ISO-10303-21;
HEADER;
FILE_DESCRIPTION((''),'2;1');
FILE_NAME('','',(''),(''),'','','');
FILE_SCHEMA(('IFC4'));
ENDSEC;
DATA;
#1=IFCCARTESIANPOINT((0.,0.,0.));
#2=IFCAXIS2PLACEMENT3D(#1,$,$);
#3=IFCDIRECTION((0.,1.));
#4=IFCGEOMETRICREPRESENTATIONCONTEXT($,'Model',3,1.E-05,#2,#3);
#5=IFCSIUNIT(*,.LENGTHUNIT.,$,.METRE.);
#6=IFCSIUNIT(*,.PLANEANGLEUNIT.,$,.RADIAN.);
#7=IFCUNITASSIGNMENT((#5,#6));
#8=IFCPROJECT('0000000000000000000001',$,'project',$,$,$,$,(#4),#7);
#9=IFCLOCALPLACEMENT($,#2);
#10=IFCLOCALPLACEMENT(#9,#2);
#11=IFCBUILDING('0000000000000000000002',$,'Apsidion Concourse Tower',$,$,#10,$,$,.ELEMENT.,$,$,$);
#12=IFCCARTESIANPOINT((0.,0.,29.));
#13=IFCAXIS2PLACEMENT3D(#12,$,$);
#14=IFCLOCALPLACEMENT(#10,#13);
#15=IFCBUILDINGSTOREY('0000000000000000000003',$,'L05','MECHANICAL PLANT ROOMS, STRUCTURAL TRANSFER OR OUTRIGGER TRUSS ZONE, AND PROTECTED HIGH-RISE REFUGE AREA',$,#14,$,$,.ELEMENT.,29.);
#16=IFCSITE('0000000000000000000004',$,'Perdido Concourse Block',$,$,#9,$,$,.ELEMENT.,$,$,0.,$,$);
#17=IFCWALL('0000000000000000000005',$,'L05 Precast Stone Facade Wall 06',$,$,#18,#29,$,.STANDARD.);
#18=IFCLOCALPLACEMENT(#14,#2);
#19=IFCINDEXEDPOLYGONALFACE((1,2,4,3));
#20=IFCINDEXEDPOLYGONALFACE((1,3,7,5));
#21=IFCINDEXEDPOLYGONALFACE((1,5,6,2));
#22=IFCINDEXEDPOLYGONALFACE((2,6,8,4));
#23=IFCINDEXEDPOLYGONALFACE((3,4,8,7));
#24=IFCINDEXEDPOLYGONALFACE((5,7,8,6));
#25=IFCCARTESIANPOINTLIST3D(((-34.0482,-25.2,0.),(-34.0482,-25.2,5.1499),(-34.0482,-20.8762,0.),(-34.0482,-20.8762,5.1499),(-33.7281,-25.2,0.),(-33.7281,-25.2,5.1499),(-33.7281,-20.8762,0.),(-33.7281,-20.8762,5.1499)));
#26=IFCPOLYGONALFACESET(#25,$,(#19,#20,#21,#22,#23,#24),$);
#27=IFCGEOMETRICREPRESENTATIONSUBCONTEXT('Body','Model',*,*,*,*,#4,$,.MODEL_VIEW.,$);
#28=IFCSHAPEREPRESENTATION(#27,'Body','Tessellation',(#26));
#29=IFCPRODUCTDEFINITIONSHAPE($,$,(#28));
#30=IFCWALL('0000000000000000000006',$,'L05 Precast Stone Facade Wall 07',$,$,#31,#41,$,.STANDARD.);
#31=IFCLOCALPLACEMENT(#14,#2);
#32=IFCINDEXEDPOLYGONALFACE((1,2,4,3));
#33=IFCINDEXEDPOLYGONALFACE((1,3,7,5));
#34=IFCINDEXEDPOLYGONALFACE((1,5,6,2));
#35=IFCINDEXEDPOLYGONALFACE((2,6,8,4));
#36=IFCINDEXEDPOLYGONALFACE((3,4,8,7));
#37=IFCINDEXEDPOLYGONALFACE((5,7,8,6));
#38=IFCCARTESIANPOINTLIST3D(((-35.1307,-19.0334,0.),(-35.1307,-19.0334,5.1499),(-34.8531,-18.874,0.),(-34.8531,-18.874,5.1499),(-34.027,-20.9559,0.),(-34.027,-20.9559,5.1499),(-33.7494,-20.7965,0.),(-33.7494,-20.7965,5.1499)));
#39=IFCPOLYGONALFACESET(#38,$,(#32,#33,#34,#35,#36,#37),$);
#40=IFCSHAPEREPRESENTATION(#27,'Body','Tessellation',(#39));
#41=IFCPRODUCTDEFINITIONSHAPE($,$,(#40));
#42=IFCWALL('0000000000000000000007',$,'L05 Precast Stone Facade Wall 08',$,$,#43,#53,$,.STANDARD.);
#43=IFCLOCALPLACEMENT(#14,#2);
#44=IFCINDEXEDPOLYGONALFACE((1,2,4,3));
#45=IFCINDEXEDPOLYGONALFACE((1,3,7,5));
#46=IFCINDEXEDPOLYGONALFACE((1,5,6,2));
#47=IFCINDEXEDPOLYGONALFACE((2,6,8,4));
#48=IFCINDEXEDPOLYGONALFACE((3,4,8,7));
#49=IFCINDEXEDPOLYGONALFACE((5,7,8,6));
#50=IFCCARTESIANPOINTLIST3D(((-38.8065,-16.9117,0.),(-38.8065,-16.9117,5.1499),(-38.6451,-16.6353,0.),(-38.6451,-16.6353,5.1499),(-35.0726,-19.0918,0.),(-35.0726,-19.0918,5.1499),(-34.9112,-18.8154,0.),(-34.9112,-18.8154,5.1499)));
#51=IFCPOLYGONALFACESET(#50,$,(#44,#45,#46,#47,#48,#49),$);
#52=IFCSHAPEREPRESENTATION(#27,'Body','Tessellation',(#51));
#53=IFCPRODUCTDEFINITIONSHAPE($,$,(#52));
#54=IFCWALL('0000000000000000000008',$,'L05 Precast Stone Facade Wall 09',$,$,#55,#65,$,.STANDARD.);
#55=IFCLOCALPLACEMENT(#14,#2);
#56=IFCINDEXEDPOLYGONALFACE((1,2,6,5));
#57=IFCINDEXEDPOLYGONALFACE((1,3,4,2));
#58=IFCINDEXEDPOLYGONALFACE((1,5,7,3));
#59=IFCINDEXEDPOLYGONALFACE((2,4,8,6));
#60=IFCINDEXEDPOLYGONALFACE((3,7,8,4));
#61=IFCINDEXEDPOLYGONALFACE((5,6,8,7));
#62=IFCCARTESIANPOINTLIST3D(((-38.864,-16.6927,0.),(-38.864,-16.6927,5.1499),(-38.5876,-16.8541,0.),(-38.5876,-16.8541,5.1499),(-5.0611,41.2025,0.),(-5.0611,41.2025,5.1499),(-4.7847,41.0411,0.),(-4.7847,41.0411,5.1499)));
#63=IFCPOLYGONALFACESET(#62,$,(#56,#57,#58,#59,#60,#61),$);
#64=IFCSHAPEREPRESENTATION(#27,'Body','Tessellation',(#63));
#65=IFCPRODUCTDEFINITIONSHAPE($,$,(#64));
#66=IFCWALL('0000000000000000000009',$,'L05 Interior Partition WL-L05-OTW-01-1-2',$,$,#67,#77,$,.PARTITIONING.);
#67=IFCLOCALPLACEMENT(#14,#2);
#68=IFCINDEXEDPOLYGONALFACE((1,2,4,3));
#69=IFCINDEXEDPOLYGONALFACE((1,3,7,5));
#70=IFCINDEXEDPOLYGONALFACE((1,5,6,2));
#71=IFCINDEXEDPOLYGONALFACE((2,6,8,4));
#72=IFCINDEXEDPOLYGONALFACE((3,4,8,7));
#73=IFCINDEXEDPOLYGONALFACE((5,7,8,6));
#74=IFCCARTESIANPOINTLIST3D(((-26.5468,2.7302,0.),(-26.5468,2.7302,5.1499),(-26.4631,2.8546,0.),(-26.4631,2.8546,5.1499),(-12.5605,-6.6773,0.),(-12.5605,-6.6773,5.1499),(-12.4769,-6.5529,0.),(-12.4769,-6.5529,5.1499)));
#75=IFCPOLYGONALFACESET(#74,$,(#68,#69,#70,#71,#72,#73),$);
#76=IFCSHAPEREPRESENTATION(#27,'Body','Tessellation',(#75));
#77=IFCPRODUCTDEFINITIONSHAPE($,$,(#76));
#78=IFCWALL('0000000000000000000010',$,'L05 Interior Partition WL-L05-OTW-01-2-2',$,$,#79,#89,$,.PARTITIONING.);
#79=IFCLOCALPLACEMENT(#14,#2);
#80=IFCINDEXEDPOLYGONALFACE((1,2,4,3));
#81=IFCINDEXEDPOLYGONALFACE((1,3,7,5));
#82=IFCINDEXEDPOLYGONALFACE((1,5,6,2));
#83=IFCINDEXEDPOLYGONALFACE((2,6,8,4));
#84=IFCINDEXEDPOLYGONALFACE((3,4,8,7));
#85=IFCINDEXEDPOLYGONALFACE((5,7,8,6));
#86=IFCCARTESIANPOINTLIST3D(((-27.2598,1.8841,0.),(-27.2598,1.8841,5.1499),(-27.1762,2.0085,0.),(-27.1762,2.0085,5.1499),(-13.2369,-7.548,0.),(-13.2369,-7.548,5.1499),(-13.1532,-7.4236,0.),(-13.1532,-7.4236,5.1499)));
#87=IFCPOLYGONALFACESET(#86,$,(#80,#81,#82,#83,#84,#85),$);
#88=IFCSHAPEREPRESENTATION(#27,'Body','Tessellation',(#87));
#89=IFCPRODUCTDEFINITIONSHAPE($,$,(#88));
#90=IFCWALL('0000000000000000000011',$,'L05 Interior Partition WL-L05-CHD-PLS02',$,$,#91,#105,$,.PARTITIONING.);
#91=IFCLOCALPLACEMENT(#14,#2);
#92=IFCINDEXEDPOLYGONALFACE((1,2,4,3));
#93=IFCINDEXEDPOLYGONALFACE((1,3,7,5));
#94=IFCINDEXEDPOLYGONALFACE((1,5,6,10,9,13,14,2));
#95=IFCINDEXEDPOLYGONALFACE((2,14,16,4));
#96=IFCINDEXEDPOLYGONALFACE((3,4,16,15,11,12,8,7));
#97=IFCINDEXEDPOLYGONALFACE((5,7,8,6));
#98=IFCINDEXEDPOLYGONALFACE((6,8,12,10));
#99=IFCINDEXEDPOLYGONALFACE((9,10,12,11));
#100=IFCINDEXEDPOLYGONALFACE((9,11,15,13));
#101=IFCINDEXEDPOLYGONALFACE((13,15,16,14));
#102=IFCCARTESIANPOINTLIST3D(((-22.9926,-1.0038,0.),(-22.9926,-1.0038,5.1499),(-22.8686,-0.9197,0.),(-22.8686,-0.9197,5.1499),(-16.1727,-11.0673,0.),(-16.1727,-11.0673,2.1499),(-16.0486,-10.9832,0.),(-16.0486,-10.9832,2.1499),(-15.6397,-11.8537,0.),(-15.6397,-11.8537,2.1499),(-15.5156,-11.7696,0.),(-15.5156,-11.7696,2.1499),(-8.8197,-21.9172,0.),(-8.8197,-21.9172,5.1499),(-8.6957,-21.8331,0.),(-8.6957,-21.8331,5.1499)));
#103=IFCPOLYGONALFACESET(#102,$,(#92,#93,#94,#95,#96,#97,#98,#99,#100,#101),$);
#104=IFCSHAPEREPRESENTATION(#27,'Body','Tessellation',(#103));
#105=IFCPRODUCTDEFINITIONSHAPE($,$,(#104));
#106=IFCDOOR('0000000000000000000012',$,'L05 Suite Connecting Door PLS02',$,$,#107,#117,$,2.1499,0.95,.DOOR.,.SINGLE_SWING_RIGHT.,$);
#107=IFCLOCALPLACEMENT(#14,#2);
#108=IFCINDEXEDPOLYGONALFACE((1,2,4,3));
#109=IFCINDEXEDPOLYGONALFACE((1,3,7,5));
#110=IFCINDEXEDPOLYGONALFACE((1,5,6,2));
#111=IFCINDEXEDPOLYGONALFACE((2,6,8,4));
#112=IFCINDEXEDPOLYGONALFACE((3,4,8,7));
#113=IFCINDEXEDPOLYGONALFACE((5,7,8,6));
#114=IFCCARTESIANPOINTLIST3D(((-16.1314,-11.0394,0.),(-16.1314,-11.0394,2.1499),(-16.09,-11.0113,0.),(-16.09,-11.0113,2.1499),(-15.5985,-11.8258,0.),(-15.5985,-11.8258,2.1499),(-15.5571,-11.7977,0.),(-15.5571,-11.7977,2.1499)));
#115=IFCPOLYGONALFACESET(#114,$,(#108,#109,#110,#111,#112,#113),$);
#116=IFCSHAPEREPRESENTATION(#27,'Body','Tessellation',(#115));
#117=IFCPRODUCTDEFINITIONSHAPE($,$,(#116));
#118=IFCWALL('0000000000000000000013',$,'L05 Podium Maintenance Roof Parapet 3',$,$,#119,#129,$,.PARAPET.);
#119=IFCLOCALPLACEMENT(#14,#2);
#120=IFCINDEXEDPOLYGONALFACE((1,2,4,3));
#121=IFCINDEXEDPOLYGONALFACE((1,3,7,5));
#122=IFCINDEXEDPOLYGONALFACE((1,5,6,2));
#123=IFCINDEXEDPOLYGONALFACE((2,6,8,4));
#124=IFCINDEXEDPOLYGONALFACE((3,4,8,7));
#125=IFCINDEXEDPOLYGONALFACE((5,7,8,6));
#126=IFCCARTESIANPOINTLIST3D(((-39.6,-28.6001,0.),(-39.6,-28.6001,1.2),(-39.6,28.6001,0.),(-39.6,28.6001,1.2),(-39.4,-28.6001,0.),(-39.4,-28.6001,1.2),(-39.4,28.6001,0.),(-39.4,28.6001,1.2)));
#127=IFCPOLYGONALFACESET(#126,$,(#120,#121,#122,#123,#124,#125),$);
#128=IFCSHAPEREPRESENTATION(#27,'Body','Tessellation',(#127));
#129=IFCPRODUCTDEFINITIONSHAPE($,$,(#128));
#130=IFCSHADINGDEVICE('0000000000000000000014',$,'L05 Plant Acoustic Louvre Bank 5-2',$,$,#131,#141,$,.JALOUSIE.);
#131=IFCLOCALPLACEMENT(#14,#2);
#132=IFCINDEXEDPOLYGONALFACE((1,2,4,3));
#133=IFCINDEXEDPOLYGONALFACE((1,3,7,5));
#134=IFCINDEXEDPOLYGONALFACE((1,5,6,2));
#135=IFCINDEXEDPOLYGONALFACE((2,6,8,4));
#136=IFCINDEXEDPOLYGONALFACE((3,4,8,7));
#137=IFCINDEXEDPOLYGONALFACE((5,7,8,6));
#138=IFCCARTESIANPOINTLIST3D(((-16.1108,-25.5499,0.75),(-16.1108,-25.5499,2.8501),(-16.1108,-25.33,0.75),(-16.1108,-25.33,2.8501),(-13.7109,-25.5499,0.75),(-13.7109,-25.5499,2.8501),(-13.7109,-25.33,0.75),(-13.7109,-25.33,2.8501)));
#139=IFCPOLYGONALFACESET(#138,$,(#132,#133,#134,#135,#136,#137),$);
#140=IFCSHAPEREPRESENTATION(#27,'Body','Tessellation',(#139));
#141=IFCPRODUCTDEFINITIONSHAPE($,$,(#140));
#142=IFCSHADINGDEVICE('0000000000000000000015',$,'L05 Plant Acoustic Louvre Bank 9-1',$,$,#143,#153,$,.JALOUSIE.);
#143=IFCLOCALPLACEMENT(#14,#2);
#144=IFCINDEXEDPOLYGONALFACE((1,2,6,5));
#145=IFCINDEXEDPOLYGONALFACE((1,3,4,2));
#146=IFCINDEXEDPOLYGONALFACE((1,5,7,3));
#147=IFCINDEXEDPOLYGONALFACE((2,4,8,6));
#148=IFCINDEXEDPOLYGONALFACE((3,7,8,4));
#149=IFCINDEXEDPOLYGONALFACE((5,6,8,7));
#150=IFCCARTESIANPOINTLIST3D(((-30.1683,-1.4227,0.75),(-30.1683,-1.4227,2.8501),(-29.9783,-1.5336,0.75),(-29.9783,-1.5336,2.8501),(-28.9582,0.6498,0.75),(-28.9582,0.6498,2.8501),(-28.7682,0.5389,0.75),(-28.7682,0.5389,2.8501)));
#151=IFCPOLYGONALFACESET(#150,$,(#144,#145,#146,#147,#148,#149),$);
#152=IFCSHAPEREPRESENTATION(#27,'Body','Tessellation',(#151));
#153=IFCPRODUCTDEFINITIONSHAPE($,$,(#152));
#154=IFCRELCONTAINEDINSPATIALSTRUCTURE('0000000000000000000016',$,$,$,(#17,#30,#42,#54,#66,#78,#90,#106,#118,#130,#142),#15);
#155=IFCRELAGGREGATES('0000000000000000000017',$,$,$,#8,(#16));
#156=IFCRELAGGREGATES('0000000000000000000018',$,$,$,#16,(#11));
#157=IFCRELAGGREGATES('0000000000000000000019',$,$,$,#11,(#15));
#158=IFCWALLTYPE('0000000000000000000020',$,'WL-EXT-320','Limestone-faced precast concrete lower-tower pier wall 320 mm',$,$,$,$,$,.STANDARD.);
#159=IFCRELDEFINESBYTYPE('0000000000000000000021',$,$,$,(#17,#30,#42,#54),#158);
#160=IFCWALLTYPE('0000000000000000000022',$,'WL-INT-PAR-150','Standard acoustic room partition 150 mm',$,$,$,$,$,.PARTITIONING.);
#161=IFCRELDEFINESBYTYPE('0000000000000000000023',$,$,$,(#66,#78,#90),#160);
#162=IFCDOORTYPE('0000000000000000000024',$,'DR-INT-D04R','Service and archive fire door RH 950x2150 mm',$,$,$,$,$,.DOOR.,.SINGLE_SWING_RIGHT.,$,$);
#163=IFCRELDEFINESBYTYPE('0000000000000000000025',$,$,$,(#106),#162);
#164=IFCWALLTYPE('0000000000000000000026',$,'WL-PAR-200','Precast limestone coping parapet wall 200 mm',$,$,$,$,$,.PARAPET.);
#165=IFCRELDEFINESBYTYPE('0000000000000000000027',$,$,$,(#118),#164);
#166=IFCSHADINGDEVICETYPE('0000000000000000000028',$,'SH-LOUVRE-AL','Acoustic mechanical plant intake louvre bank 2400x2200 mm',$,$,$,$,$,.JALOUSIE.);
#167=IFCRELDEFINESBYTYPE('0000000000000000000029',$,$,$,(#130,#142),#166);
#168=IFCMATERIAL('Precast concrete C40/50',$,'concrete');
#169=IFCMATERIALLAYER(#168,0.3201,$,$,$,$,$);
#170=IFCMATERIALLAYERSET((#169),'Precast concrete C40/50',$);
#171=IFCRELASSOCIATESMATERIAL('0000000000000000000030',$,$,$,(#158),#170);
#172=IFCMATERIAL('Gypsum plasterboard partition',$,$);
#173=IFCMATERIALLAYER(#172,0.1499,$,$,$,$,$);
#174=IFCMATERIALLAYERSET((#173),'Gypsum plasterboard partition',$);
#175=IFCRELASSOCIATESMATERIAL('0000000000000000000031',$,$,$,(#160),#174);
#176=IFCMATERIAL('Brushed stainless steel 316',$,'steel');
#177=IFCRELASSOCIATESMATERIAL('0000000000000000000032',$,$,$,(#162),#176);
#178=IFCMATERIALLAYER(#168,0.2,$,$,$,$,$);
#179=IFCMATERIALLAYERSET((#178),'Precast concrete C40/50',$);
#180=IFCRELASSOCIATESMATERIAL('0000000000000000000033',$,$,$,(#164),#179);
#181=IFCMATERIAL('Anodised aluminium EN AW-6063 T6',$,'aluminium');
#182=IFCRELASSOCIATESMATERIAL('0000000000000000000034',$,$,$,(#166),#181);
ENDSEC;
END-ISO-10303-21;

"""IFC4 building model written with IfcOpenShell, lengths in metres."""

from ifc_helpers import new_model, si_unit, direction, frame, frame_2d, origin, origin_2d, place, context, subcontext, project, spatial, rectangle, extrude, material, layer, layer_set, type_object, element, fill, save


model = new_model("IFC4")

# Units and contexts
model_context = context("Model", 3, precision=1e-05, world=origin(), true_north=direction((0.0, 1.0)))
body_context = subcontext(model_context, "Body", "Model", "MODEL_VIEW")
ifc_project = project(units=[si_unit("LENGTHUNIT", "METRE"), si_unit("PLANEANGLEUNIT", "RADIAN")], contexts=[model_context])

# Site, building, storey
site_placement = place(None, origin())
site = spatial("IfcSite", under=ifc_project, at=site_placement, Name="Perdido Concourse Block", CompositionType="ELEMENT", RefElevation=0.0)
building_placement = place(site_placement, origin())
building = spatial("IfcBuilding", under=site, at=building_placement, Name="Apsidion Concourse Tower", CompositionType="ELEMENT")
storey_placement = place(building_placement, frame((0.0, 0.0, 29.0)))
storey = spatial("IfcBuildingStorey", under=building, at=storey_placement, Name="L05", Description="MECHANICAL PLANT ROOMS, STRUCTURAL TRANSFER OR OUTRIGGER TRUSS ZONE, AND PROTECTED HIGH-RISE REFUGE AREA", CompositionType="ELEMENT", Elevation=29.0)

# Walls
ifc_material_1 = material(Name="Precast concrete C40/50", Category="concrete")
ifc_layer_1 = layer(ifc_material_1, 0.3201)
ifc_layer_set_1 = layer_set([ifc_layer_1], Name="Precast concrete C40/50")
wall_type_1 = type_object("IfcWallType", Name="WL-EXT-320", Description="Limestone-faced precast concrete lower-tower pier wall 320 mm", PredefinedType="STANDARD", material=ifc_layer_set_1)
wall_1_placement = place(storey_placement, frame((-33.8882, -25.2, 0.0), z_axis=(0.0, 0.0, 1.0), x_axis=(0.0, 1.0, 0.0)))
element("IfcWall", 1, at=wall_1_placement, inside=storey, type_object=wall_type_1, Name="L05 Precast Stone Facade Wall 06", PredefinedType="STANDARD", context=body_context, shape_type="SweptSolid", body=[
    extrude(rectangle(XDim=4.3237, YDim=0.3201, at=frame_2d((2.1619, 0.0))), origin(), (0.0, 0.0, 1.0), 5.1499),
])
wall_2_placement = place(storey_placement, frame((-33.8882, -20.8762, 0.0), z_axis=(0.0, 0.0, 1.0), x_axis=(-0.497881, 0.867245, 0.0)))
element("IfcWall", 2, at=wall_2_placement, inside=storey, type_object=wall_type_1, Name="L05 Precast Stone Facade Wall 07", PredefinedType="STANDARD", context=body_context, shape_type="SweptSolid", body=[
    extrude(rectangle(XDim=2.2168, YDim=0.3201, at=frame_2d((1.1084, 0.0))), origin(), (0.0, 0.0, 1.0), 5.1499),
])
wall_3_placement = place(storey_placement, frame((-34.9919, -18.9536, 0.0), z_axis=(0.0, 0.0, 1.0), x_axis=(-0.86357, 0.504229, 0.0)))
element("IfcWall", 3, at=wall_3_placement, inside=storey, type_object=wall_type_1, Name="L05 Precast Stone Facade Wall 08", PredefinedType="STANDARD", context=body_context, shape_type="SweptSolid", body=[
    extrude(rectangle(XDim=4.3237, YDim=0.3201, at=frame_2d((2.1619, 0.0))), origin(), (0.0, 0.0, 1.0), 5.1499),
])
wall_4_placement = place(storey_placement, frame((-38.7258, -16.7734, 0.0), z_axis=(0.0, 0.0, 1.0), x_axis=(0.504213, 0.863579, 0.0)))
element("IfcWall", 4, at=wall_4_placement, inside=storey, type_object=wall_type_1, Name="L05 Precast Stone Facade Wall 09", PredefinedType="STANDARD", context=body_context, shape_type="SweptSolid", body=[
    extrude(rectangle(XDim=67.041, YDim=0.3201, at=frame_2d((33.5205, 0.0))), origin(), (0.0, 0.0, 1.0), 5.1499),
])
ifc_material_2 = material(Name="Gypsum plasterboard partition")
ifc_layer_2 = layer(ifc_material_2, 0.1499)
ifc_layer_set_2 = layer_set([ifc_layer_2], Name="Gypsum plasterboard partition")
wall_type_2 = type_object("IfcWallType", Name="WL-INT-PAR-150", Description="Standard acoustic room partition 150 mm", PredefinedType="PARTITIONING", material=ifc_layer_set_2)
wall_5_placement = place(storey_placement, frame((-12.5188, -6.615, 0.0), z_axis=(0.0, 0.0, 1.0), x_axis=(-0.829764, 0.558115, 0.0)))
element("IfcWall", 5, at=wall_5_placement, inside=storey, type_object=wall_type_2, Name="L05 Interior Partition WL-L05-OTW-01-1-2", PredefinedType="PARTITIONING", context=body_context, shape_type="SweptSolid", body=[
    extrude(rectangle(XDim=16.8557, YDim=0.1499, at=frame_2d((8.4277, 0.0))), origin(), (0.0, 0.0, 1.0), 5.1499),
])
wall_6_placement = place(storey_placement, frame((-13.1951, -7.4858, 0.0), z_axis=(0.0, 0.0, 1.0), x_axis=(-0.829763, 0.558116, 0.0)))
element("IfcWall", 6, at=wall_6_placement, inside=storey, type_object=wall_type_2, Name="L05 Interior Partition WL-L05-OTW-01-2-2", PredefinedType="PARTITIONING", context=body_context, shape_type="SweptSolid", body=[
    extrude(rectangle(XDim=16.8999, YDim=0.1499, at=frame_2d((8.45, 0.0))), origin(), (0.0, 0.0, 1.0), 5.1499),
])

# Wall, opening, door
wall_7_placement = place(storey_placement, frame((-22.9307, -0.9617, 0.0), z_axis=(0.0, 0.0, 1.0), x_axis=(0.561004, -0.827813, 0.0)))
wall_7 = element("IfcWall", 7, at=wall_7_placement, inside=storey, type_object=wall_type_2, Name="L05 Interior Partition WL-L05-CHD-PLS02", PredefinedType="PARTITIONING", context=body_context, shape_type="SweptSolid", body=[
    extrude(rectangle(XDim=25.2634, YDim=0.1499, at=frame_2d((12.6318, 0.0))), origin(), (0.0, 0.0, 1.0), 5.1499),
])
opening_placement = place(wall_7_placement, frame((12.1567, 0.0, 0.0)))
opening = element("IfcOpeningElement", 8, at=opening_placement, cuts=wall_7, PredefinedType="OPENING", context=body_context, shape_type="SweptSolid", body=[
    extrude(rectangle(XDim=0.95, YDim=2.1499, at=frame_2d((0.4751, 1.075))), frame((0.0, 0.085, 0.0), z_axis=(0.0, -1.0, 0.0), x_axis=(1.0, 0.0, 0.0)), (0.0, 0.0, 1.0), 0.1699),
])
ifc_material_3 = material(Name="Brushed stainless steel 316", Category="steel")
door_type = type_object("IfcDoorType", Name="DR-INT-D04R", Description="Service and archive fire door RH 950x2150 mm", OperationType="SINGLE_SWING_RIGHT", PredefinedType="DOOR", material=ifc_material_3)
door_placement = place(opening_placement, origin())
door = element("IfcDoor", 9, at=door_placement, inside=storey, type_object=door_type, Name="L05 Suite Connecting Door PLS02", OperationType="SINGLE_SWING_RIGHT", OverallHeight=2.1499, OverallWidth=0.95, PredefinedType="DOOR", context=body_context, shape_type="SweptSolid", body=[
    extrude(rectangle(XDim=0.95, YDim=2.1499, at=frame_2d((0.4751, 1.075))), frame((0.0, 0.0249, 0.0), z_axis=(0.0, -1.0, 0.0), x_axis=(1.0, 0.0, 0.0)), (0.0, 0.0, 1.0), 0.05),
])
fill(opening, door)

# Wall
ifc_layer_3 = layer(ifc_material_1, 0.2)
ifc_layer_set_3 = layer_set([ifc_layer_3], Name="Precast concrete C40/50")
wall_type_3 = type_object("IfcWallType", Name="WL-PAR-200", Description="Precast limestone coping parapet wall 200 mm", PredefinedType="PARAPET", material=ifc_layer_set_3)
wall_8_placement = place(storey_placement, frame((-39.5, -28.6001, 0.0), z_axis=(0.0, 0.0, 1.0), x_axis=(0.0, 1.0, 0.0)))
element("IfcWall", 10, at=wall_8_placement, inside=storey, type_object=wall_type_3, Name="L05 Podium Maintenance Roof Parapet 3", PredefinedType="PARAPET", context=body_context, shape_type="SweptSolid", body=[
    extrude(rectangle(XDim=57.2002, YDim=0.2, at=frame_2d((28.6001, 0.0))), origin(), (0.0, 0.0, 1.0), 1.2),
])

# Shading devices
ifc_material_4 = material(Name="Anodised aluminium EN AW-6063 T6", Category="aluminium")
shading_device_type = type_object("IfcShadingDeviceType", Name="SH-LOUVRE-AL", Description="Acoustic mechanical plant intake louvre bank 2400x2200 mm", PredefinedType="JALOUSIE", material=ifc_material_4)
for number, where, z_axis, x_axis, name in (
    (11, (-14.9109, -25.4399, 0.75), (0.0, 0.0, 1.0), (-1.0, 0.0, 0.0), "L05 Plant Acoustic Louvre Bank 5-2"),
    (12, (-29.4683, -0.4419, 0.75), (0.0, 0.0, 1.0), (0.504226, 0.863572, 0.0), "L05 Plant Acoustic Louvre Bank 9-1"),
):
    element("IfcShadingDevice", number, at=place(storey_placement, frame(where, z_axis=z_axis, x_axis=x_axis)), inside=storey, type_object=shading_device_type, Name=name, PredefinedType="JALOUSIE", context=body_context, shape_type="SweptSolid", body=[
        extrude(rectangle(XDim=2.3999, YDim=0.22, at=origin_2d()), origin(), (0.0, 0.0, 1.0), 2.1001),
    ])

save(model, "model.ifc")
